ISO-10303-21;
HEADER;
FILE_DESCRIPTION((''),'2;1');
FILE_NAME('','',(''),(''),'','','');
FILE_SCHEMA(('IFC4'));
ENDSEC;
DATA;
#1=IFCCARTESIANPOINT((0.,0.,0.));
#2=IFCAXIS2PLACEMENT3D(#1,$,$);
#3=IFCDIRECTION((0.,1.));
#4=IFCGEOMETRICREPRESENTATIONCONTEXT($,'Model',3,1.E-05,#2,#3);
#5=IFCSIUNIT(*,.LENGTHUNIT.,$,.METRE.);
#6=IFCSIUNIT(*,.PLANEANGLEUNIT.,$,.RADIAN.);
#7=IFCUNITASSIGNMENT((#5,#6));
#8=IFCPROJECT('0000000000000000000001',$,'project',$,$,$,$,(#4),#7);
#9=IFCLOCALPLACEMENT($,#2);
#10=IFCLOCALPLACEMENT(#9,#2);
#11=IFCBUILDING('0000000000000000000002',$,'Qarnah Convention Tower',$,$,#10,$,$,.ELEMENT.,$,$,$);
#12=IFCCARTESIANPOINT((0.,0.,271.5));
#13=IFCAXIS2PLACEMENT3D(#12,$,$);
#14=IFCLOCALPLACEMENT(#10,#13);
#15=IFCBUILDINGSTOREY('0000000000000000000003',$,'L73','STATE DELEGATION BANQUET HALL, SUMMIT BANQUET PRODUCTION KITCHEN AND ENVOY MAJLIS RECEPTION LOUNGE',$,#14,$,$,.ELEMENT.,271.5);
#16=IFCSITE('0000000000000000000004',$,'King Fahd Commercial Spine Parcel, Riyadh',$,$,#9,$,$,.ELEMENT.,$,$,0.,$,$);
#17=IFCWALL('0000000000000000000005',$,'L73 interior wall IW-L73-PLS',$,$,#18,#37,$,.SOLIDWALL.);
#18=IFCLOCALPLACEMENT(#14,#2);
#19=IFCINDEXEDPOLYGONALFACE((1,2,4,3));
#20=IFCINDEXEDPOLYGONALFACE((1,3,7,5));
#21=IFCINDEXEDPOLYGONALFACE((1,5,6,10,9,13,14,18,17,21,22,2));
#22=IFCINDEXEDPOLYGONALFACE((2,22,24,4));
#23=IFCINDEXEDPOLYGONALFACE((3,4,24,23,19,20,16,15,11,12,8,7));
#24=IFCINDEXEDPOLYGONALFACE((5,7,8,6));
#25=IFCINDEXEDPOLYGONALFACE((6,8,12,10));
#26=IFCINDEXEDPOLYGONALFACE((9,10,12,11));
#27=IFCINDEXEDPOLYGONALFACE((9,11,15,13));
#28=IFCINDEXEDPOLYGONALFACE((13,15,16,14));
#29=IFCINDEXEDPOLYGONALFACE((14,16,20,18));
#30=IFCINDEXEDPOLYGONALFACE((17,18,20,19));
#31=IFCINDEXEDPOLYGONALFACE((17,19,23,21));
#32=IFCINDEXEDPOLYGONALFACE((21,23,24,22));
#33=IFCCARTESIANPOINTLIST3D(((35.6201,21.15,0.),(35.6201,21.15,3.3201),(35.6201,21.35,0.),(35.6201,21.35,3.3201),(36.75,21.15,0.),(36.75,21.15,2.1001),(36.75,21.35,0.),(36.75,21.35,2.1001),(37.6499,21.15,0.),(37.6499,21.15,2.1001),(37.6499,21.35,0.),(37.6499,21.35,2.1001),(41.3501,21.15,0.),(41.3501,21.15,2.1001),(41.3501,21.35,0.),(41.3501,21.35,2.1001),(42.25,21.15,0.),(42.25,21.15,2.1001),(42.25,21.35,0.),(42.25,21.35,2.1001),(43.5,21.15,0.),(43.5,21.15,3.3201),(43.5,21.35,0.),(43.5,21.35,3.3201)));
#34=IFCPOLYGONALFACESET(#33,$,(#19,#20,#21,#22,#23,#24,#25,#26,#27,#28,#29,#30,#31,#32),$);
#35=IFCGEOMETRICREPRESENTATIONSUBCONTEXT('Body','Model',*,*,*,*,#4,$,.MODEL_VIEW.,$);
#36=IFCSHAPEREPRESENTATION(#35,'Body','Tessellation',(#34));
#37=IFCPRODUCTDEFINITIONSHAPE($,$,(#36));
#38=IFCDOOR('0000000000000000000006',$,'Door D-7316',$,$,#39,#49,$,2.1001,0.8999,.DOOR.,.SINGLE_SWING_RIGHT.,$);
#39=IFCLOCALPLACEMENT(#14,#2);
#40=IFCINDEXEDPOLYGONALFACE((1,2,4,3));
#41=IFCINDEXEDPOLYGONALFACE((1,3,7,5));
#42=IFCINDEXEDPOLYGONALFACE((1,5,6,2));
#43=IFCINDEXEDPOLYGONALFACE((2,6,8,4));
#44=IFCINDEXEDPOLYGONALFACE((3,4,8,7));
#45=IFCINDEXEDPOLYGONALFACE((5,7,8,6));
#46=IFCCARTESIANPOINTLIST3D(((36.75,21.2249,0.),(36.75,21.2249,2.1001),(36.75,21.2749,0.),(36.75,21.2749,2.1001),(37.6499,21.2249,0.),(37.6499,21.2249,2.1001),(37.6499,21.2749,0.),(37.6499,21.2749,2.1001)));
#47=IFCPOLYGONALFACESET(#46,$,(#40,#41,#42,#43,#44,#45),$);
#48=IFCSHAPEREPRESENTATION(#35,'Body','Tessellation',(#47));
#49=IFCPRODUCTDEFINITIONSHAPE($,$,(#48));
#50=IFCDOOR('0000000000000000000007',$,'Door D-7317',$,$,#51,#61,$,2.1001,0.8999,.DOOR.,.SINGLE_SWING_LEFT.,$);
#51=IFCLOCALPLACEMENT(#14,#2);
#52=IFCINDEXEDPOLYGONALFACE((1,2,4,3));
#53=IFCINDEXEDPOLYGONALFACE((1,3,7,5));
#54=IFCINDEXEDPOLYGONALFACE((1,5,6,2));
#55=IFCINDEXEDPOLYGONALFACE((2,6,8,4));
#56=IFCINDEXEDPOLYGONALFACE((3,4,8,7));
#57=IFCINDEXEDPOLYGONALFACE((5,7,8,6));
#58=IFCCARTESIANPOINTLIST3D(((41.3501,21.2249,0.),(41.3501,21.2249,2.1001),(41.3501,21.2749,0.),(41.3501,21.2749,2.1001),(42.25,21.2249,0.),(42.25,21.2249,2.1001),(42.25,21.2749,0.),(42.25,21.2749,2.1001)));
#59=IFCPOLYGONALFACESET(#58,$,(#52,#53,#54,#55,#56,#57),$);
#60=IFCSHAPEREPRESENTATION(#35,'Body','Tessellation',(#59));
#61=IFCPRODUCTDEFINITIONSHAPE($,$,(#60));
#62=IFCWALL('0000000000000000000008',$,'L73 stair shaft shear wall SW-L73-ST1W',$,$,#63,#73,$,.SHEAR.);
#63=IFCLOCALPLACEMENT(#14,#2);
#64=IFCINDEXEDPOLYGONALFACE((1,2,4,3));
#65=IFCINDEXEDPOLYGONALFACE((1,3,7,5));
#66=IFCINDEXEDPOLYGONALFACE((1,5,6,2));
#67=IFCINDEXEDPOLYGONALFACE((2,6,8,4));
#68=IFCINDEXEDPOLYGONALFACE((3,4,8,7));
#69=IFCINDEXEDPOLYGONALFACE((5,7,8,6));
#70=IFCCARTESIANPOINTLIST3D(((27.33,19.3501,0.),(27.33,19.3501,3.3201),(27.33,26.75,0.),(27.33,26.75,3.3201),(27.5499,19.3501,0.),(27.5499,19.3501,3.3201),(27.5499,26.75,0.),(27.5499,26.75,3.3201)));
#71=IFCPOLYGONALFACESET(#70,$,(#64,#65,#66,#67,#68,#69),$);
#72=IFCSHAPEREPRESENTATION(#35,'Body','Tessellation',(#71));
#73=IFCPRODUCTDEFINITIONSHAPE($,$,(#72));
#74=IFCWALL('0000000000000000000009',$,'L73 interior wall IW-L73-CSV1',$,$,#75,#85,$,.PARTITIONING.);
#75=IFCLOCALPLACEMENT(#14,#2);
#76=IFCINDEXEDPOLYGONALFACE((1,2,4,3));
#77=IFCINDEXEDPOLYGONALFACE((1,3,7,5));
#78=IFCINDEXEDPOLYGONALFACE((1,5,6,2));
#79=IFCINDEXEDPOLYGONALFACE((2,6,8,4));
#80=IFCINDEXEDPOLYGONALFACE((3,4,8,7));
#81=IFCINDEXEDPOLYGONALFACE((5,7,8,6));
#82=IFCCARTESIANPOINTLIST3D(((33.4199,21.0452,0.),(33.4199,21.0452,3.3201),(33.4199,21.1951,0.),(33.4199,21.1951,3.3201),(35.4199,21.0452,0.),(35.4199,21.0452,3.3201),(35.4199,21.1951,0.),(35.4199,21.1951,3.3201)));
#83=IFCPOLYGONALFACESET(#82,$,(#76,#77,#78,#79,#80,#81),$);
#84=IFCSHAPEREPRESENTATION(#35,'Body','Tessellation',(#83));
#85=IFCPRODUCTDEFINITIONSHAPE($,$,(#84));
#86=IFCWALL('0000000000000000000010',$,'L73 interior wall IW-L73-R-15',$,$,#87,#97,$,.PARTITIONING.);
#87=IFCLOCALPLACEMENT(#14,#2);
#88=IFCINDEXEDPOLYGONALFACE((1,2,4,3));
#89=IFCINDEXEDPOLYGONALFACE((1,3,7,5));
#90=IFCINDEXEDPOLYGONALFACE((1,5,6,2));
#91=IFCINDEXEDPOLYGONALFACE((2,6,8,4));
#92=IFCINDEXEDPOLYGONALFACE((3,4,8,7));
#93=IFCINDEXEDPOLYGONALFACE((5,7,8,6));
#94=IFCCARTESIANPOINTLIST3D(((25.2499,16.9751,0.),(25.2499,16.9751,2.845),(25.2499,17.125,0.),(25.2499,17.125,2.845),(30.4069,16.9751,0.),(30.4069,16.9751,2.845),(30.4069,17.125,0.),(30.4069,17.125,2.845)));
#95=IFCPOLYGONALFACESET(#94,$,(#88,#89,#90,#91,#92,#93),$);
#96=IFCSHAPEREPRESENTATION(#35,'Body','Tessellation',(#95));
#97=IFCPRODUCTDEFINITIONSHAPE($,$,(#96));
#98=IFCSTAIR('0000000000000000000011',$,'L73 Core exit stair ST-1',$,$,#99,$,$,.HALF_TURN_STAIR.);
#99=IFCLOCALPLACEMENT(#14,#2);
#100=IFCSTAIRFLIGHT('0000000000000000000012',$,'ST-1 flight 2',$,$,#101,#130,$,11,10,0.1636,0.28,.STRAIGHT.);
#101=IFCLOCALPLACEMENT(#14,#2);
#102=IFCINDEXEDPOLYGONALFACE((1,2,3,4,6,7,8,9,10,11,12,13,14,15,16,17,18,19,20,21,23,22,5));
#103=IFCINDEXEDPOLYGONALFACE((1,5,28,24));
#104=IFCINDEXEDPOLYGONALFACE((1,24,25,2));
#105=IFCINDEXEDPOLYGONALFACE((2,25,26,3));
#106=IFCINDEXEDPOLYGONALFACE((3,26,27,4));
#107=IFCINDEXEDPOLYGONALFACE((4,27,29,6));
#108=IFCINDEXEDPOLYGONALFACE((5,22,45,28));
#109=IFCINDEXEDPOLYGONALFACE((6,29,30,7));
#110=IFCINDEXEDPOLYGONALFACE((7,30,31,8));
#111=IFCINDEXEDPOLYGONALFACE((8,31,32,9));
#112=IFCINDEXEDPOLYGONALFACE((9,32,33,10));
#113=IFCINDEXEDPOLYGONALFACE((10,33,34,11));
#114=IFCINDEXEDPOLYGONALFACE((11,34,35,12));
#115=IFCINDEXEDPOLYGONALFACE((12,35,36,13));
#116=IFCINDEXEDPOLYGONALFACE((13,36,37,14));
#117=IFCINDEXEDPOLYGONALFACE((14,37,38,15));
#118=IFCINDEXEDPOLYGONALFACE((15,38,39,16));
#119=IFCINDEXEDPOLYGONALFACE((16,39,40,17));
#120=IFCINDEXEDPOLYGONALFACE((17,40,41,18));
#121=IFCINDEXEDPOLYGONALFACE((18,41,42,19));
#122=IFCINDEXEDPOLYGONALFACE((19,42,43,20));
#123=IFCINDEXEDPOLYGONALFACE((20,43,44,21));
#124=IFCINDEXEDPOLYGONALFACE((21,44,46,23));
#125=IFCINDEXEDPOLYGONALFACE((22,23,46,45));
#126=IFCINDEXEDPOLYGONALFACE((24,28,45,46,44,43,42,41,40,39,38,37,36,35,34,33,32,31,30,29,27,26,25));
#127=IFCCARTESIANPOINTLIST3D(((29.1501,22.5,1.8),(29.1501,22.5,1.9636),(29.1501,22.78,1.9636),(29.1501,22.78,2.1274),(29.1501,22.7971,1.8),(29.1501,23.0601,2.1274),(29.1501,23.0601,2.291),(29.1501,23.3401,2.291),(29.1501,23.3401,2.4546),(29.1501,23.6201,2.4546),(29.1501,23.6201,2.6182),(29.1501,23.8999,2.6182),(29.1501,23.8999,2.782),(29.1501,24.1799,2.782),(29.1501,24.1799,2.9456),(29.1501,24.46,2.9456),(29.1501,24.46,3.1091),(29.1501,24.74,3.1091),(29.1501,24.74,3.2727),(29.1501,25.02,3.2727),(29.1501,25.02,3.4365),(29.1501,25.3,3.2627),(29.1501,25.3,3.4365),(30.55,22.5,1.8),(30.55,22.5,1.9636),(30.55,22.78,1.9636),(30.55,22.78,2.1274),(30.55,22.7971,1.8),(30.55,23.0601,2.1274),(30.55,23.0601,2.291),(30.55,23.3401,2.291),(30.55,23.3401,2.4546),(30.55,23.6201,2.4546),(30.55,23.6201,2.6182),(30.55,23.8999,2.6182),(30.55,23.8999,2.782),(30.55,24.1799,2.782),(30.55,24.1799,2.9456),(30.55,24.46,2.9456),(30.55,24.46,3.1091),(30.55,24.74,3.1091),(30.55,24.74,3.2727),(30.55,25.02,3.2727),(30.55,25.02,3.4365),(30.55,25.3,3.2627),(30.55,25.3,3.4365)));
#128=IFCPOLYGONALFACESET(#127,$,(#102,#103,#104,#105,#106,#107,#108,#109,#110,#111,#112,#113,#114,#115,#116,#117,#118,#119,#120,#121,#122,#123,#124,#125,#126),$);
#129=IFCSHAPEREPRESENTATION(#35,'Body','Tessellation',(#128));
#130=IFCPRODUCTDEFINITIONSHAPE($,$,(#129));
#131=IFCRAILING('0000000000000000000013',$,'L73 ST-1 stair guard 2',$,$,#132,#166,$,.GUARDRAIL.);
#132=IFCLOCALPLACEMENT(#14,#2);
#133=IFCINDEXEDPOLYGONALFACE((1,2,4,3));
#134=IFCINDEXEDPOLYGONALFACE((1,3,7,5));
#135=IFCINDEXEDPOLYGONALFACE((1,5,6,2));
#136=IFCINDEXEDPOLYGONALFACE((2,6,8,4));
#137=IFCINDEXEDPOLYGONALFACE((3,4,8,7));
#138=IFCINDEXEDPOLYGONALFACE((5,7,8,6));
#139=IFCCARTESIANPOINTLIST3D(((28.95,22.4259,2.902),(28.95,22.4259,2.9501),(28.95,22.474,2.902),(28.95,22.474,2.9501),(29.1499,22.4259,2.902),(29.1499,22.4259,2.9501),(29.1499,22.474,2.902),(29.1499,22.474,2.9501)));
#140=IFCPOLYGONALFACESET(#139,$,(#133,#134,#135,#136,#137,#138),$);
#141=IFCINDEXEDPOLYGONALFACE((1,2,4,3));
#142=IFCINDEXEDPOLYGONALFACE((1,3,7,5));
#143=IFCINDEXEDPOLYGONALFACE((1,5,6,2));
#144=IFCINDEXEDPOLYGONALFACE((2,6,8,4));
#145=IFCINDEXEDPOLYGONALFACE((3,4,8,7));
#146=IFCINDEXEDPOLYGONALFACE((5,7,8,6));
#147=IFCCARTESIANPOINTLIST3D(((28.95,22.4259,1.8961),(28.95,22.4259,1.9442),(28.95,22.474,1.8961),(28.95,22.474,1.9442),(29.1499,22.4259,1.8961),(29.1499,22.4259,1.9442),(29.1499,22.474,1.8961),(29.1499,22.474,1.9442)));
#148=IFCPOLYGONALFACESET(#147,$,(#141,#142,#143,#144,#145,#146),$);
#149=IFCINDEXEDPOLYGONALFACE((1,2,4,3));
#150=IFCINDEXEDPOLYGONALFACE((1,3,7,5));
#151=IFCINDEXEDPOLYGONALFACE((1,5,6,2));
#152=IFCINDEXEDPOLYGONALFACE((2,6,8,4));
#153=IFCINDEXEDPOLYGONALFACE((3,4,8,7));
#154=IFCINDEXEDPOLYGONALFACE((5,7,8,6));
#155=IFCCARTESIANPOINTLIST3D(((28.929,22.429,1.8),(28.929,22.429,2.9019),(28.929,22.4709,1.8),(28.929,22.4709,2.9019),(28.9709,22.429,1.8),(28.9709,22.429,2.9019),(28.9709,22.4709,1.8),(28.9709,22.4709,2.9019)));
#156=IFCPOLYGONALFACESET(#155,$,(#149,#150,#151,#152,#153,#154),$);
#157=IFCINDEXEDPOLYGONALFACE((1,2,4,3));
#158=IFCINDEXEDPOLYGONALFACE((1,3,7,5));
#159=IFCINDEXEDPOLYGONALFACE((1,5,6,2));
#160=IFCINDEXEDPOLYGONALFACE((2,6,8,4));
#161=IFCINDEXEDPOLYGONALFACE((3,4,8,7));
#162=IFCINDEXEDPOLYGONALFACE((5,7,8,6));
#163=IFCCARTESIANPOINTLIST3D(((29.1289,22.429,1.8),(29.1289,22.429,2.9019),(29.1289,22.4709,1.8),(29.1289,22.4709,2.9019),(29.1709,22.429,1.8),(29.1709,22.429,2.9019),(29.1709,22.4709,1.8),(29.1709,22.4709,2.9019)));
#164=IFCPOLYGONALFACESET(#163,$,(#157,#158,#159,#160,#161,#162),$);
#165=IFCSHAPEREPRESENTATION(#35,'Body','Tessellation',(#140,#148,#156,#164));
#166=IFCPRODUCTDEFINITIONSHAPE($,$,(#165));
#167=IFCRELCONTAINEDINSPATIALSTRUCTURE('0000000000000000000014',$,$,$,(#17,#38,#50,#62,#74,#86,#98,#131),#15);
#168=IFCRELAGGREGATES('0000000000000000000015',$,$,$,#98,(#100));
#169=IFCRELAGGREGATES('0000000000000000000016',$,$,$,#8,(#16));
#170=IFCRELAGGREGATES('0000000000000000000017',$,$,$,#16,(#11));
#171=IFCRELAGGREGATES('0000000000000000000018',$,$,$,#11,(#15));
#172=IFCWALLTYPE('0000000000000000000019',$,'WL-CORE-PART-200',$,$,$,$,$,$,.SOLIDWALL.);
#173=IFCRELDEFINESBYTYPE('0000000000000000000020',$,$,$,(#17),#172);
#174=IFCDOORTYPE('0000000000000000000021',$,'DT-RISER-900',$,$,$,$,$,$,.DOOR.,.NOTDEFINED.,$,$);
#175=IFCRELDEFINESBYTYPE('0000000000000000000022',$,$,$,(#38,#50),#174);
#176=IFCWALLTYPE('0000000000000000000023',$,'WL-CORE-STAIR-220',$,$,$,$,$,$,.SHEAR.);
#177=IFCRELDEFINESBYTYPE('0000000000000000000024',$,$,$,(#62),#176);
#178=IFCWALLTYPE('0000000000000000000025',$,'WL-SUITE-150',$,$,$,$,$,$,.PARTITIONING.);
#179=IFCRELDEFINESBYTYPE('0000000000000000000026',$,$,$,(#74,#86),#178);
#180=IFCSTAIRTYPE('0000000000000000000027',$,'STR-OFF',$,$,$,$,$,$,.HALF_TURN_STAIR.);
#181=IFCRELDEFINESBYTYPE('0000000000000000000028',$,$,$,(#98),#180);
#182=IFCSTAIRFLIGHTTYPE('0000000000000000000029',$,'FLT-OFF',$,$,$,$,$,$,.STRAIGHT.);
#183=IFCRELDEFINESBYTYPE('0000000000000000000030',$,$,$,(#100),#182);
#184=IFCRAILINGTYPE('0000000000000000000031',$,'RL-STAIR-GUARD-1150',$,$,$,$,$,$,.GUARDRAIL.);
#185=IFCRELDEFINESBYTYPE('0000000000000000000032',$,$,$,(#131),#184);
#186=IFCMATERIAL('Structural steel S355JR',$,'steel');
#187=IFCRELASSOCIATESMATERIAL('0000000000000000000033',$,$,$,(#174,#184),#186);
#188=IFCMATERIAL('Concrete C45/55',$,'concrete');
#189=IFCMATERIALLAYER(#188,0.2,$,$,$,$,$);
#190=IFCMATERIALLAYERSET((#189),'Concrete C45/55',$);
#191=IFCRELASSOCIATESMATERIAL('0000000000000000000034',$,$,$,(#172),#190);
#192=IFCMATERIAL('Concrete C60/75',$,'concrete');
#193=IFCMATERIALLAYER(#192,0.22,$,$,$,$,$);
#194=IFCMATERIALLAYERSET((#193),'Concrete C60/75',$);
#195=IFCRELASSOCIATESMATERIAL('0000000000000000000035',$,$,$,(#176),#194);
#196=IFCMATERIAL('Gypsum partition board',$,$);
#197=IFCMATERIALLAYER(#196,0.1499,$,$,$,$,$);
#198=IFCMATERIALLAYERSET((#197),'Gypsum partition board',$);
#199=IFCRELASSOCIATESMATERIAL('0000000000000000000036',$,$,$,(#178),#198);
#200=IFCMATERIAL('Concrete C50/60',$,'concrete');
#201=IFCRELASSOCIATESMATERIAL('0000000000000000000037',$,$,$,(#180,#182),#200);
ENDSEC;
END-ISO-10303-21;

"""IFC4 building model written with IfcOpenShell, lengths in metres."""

from ifc_helpers import new_model, si_unit, direction, frame, frame_2d, origin, origin_2d, place, context, subcontext, project, spatial, polyline, rectangle, outline, extrude, material, layer, layer_set, type_object, element, fill, aggregate, save


model = new_model("IFC4")

# Units and contexts
model_context = context("Model", 3, precision=1e-05, world=origin(), true_north=direction((0.0, 1.0)))
body_context = subcontext(model_context, "Body", "Model", "MODEL_VIEW")
ifc_project = project(units=[si_unit("LENGTHUNIT", "METRE"), si_unit("PLANEANGLEUNIT", "RADIAN")], contexts=[model_context])

# Site, building, storey
site_placement = place(None, origin())
site = spatial("IfcSite", under=ifc_project, at=site_placement, Name="King Fahd Commercial Spine Parcel, Riyadh", CompositionType="ELEMENT", RefElevation=0.0)
building_placement = place(site_placement, origin())
building = spatial("IfcBuilding", under=site, at=building_placement, Name="Qarnah Convention Tower", CompositionType="ELEMENT")
storey_placement = place(building_placement, frame((0.0, 0.0, 271.5)))
storey = spatial("IfcBuildingStorey", under=building, at=storey_placement, Name="L73", Description="STATE DELEGATION BANQUET HALL, SUMMIT BANQUET PRODUCTION KITCHEN AND ENVOY MAJLIS RECEPTION LOUNGE", CompositionType="ELEMENT", Elevation=271.5)

# Shared definitions
ifc_material_1 = material(Name="Concrete C50/60", Category="concrete")

# Shared definitions
ifc_material_2 = material(Name="Structural steel S355JR", Category="steel")

# Shared definitions
ifc_material_3 = material(Name="Concrete C60/75", Category="concrete")
door_type_1 = type_object("IfcDoorType", Name="DT-RISER-900", OperationType="NOTDEFINED", PredefinedType="DOOR", material=ifc_material_2)
ifc_material_4 = material(Name="Concrete C45/55", Category="concrete")
ifc_layer_1 = layer(ifc_material_4, 0.2)
ifc_layer_set_1 = layer_set([ifc_layer_1], Name="Concrete C45/55")
wall_type_1 = type_object("IfcWallType", Name="WL-CORE-PART-200", PredefinedType="SOLIDWALL", material=ifc_layer_set_1)

# Wall, openings, doors
wall_1_placement = place(storey_placement, frame((35.6201, 21.25, 0.0), z_axis=(0.0, 0.0, 1.0), x_axis=(1.0, 0.0, 0.0)))
wall_1 = element("IfcWall", 1, at=wall_1_placement, inside=storey, type_object=wall_type_1, Name="L73 interior wall IW-L73-PLS", PredefinedType="SOLIDWALL", context=body_context, shape_type="SweptSolid", body=[
    extrude(rectangle(XDim=7.8799, YDim=0.2, at=frame_2d((3.9399, 0.0))), origin(), (0.0, 0.0, 1.0), 3.3201),
])
opening_1_placement = place(wall_1_placement, frame((1.1299, 0.0, 0.0)))
opening_1 = element("IfcOpeningElement", 2, at=opening_1_placement, cuts=wall_1, PredefinedType="OPENING", context=body_context, shape_type="SweptSolid", body=[
    extrude(rectangle(XDim=0.8999, YDim=2.1001, at=frame_2d((0.45, 1.05))), frame((0.0, 0.1099, 0.0), z_axis=(0.0, -1.0, 0.0), x_axis=(1.0, 0.0, 0.0)), (0.0, 0.0, 1.0), 0.22),
])
opening_2_placement = place(wall_1_placement, frame((5.73, 0.0, 0.0)))
opening_2 = element("IfcOpeningElement", 3, at=opening_2_placement, cuts=wall_1, PredefinedType="OPENING", context=body_context, shape_type="SweptSolid", body=[
    extrude(rectangle(XDim=0.8999, YDim=2.1001, at=frame_2d((0.45, 1.05))), frame((0.0, 0.1099, 0.0), z_axis=(0.0, -1.0, 0.0), x_axis=(1.0, 0.0, 0.0)), (0.0, 0.0, 1.0), 0.22),
])
door_1_placement = place(opening_1_placement, origin())
door_1 = element("IfcDoor", 4, at=door_1_placement, inside=storey, type_object=door_type_1, Name="Door D-7316", OperationType="SINGLE_SWING_RIGHT", OverallHeight=2.1001, OverallWidth=0.8999, PredefinedType="DOOR", context=body_context, shape_type="SweptSolid", body=[
    extrude(rectangle(XDim=0.8999, YDim=2.1001, at=frame_2d((0.45, 1.05))), frame((0.0, 0.0249, 0.0), z_axis=(0.0, -1.0, 0.0), x_axis=(1.0, 0.0, 0.0)), (0.0, 0.0, 1.0), 0.05),
])
fill(opening_1, door_1)
door_2_placement = place(opening_2_placement, origin())
door_2 = element("IfcDoor", 5, at=door_2_placement, inside=storey, type_object=door_type_1, Name="Door D-7317", OperationType="SINGLE_SWING_LEFT", OverallHeight=2.1001, OverallWidth=0.8999, PredefinedType="DOOR", context=body_context, shape_type="SweptSolid", body=[
    extrude(rectangle(XDim=0.8999, YDim=2.1001, at=frame_2d((0.45, 1.05))), frame((0.0, 0.0249, 0.0), z_axis=(0.0, -1.0, 0.0), x_axis=(1.0, 0.0, 0.0)), (0.0, 0.0, 1.0), 0.05),
])
fill(opening_2, door_2)

# Walls
ifc_layer_2 = layer(ifc_material_3, 0.22)
ifc_layer_set_2 = layer_set([ifc_layer_2], Name="Concrete C60/75")
wall_type_2 = type_object("IfcWallType", Name="WL-CORE-STAIR-220", PredefinedType="SHEAR", material=ifc_layer_set_2)
wall_2_placement = place(storey_placement, frame((27.4399, 19.3501, 0.0), z_axis=(0.0, 0.0, 1.0), x_axis=(0.0, 1.0, 0.0)))
element("IfcWall", 6, at=wall_2_placement, inside=storey, type_object=wall_type_2, Name="L73 stair shaft shear wall SW-L73-ST1W", PredefinedType="SHEAR", context=body_context, shape_type="SweptSolid", body=[
    extrude(rectangle(XDim=7.3999, YDim=0.22, at=frame_2d((3.7, 0.0))), origin(), (0.0, 0.0, 1.0), 3.3201),
])
ifc_material_5 = material(Name="Gypsum partition board")
ifc_layer_3 = layer(ifc_material_5, 0.1499)
ifc_layer_set_3 = layer_set([ifc_layer_3], Name="Gypsum partition board")
wall_type_3 = type_object("IfcWallType", Name="WL-SUITE-150", PredefinedType="PARTITIONING", material=ifc_layer_set_3)
wall_3_placement = place(storey_placement, frame((33.4199, 21.1201, 0.0), z_axis=(0.0, 0.0, 1.0), x_axis=(1.0, 0.0, 0.0)))
element("IfcWall", 7, at=wall_3_placement, inside=storey, type_object=wall_type_3, Name="L73 interior wall IW-L73-CSV1", PredefinedType="PARTITIONING", context=body_context, shape_type="SweptSolid", body=[
    extrude(rectangle(XDim=2.0, YDim=0.1499, at=frame_2d((1.0, 0.0))), origin(), (0.0, 0.0, 1.0), 3.3201),
])
wall_4_placement = place(storey_placement, frame((30.407, 17.05, 0.0), z_axis=(0.0, 0.0, 1.0), x_axis=(-1.0, 0.0, 0.0)))
element("IfcWall", 8, at=wall_4_placement, inside=storey, type_object=wall_type_3, Name="L73 interior wall IW-L73-R-15", PredefinedType="PARTITIONING", context=body_context, shape_type="SweptSolid", body=[
    extrude(rectangle(XDim=5.157, YDim=0.1499, at=frame_2d((2.5786, 0.0))), origin(), (0.0, 0.0, 1.0), 2.845),
])

# Stair, stair flight
stair_type = type_object("IfcStairType", Name="STR-OFF", PredefinedType="HALF_TURN_STAIR", material=ifc_material_1)
stair_placement = place(storey_placement, origin())
stair = element("IfcStair", 9, at=stair_placement, inside=storey, type_object=stair_type, Name="L73 Core exit stair ST-1", PredefinedType="HALF_TURN_STAIR")
stair_flight_type = type_object("IfcStairFlightType", Name="FLT-OFF", PredefinedType="STRAIGHT", material=ifc_material_1)
stair_flight_placement = place(storey_placement, frame((29.8501, 22.5, 1.8), z_axis=(0.0, 0.0, 1.0), x_axis=(0.0, 1.0, 0.0)))
stair_flight = element("IfcStairFlight", 10, at=stair_flight_placement, type_object=stair_flight_type, Name="ST-1 flight 2", NumberOfRisers=11, NumberOfTreads=10, PredefinedType="STRAIGHT", RiserHeight=0.1636, TreadLength=0.28, context=body_context, shape_type="SweptSolid", body=[
    extrude(outline(polyline([(0.0, 0.0), (0.0, 0.1636), (0.28, 0.1636), (0.28, 0.3274), (0.5601, 0.3274), (0.5601, 0.491), (0.8401, 0.491), (0.8401, 0.6545), (1.1201, 0.6545), (1.1201, 0.8181), (1.3999, 0.8181), (1.3999, 0.9819), (1.6799, 0.9819), (1.6799, 1.1455), (1.96, 1.1455), (1.96, 1.3091), (2.24, 1.3091), (2.24, 1.4727), (2.52, 1.4727), (2.52, 1.6365), (2.8, 1.6365), (2.8, 1.8), (2.8, 1.4626), (0.2971, 0.0), (0.0, 0.0)])), frame((0.0, 0.7, 0.0), z_axis=(0.0, -1.0, 0.0), x_axis=(1.0, 0.0, 0.0)), (0.0, 0.0, 1.0), 1.3999),
])
aggregate(stair, [stair_flight])

# Railing
railing_type_1 = type_object("IfcRailingType", Name="RL-STAIR-GUARD-1150", PredefinedType="GUARDRAIL", material=ifc_material_2)
railing_1_placement = place(storey_placement, frame((28.95, 22.45, 1.8)))
element("IfcRailing", 11, at=railing_1_placement, inside=storey, type_object=railing_type_1, Name="L73 ST-1 stair guard 2", PredefinedType="GUARDRAIL", context=body_context, shape_type="SweptSolid", body=[
    extrude(rectangle(XDim=0.0481, YDim=0.0481, at=origin_2d()), frame((0.0, 0.0, 1.126), z_axis=(1.0, 0.0, 0.0), x_axis=(0.0, 1.0, 0.0)), (0.0, 0.0, 1.0), 0.2),
    extrude(rectangle(XDim=0.0481, YDim=0.0481, at=origin_2d()), frame((0.0, 0.0, 0.1201), z_axis=(1.0, 0.0, 0.0), x_axis=(0.0, 1.0, 0.0)), (0.0, 0.0, 1.0), 0.2),
    extrude(rectangle(XDim=0.042, YDim=0.042, at=origin_2d()), origin(), (0.0, 0.0, 1.0), 1.1018),
    extrude(rectangle(XDim=0.042, YDim=0.042, at=origin_2d()), frame((0.2, 0.0, 0.0)), (0.0, 0.0, 1.0), 1.1018),
])

save(model, "model.ifc")
